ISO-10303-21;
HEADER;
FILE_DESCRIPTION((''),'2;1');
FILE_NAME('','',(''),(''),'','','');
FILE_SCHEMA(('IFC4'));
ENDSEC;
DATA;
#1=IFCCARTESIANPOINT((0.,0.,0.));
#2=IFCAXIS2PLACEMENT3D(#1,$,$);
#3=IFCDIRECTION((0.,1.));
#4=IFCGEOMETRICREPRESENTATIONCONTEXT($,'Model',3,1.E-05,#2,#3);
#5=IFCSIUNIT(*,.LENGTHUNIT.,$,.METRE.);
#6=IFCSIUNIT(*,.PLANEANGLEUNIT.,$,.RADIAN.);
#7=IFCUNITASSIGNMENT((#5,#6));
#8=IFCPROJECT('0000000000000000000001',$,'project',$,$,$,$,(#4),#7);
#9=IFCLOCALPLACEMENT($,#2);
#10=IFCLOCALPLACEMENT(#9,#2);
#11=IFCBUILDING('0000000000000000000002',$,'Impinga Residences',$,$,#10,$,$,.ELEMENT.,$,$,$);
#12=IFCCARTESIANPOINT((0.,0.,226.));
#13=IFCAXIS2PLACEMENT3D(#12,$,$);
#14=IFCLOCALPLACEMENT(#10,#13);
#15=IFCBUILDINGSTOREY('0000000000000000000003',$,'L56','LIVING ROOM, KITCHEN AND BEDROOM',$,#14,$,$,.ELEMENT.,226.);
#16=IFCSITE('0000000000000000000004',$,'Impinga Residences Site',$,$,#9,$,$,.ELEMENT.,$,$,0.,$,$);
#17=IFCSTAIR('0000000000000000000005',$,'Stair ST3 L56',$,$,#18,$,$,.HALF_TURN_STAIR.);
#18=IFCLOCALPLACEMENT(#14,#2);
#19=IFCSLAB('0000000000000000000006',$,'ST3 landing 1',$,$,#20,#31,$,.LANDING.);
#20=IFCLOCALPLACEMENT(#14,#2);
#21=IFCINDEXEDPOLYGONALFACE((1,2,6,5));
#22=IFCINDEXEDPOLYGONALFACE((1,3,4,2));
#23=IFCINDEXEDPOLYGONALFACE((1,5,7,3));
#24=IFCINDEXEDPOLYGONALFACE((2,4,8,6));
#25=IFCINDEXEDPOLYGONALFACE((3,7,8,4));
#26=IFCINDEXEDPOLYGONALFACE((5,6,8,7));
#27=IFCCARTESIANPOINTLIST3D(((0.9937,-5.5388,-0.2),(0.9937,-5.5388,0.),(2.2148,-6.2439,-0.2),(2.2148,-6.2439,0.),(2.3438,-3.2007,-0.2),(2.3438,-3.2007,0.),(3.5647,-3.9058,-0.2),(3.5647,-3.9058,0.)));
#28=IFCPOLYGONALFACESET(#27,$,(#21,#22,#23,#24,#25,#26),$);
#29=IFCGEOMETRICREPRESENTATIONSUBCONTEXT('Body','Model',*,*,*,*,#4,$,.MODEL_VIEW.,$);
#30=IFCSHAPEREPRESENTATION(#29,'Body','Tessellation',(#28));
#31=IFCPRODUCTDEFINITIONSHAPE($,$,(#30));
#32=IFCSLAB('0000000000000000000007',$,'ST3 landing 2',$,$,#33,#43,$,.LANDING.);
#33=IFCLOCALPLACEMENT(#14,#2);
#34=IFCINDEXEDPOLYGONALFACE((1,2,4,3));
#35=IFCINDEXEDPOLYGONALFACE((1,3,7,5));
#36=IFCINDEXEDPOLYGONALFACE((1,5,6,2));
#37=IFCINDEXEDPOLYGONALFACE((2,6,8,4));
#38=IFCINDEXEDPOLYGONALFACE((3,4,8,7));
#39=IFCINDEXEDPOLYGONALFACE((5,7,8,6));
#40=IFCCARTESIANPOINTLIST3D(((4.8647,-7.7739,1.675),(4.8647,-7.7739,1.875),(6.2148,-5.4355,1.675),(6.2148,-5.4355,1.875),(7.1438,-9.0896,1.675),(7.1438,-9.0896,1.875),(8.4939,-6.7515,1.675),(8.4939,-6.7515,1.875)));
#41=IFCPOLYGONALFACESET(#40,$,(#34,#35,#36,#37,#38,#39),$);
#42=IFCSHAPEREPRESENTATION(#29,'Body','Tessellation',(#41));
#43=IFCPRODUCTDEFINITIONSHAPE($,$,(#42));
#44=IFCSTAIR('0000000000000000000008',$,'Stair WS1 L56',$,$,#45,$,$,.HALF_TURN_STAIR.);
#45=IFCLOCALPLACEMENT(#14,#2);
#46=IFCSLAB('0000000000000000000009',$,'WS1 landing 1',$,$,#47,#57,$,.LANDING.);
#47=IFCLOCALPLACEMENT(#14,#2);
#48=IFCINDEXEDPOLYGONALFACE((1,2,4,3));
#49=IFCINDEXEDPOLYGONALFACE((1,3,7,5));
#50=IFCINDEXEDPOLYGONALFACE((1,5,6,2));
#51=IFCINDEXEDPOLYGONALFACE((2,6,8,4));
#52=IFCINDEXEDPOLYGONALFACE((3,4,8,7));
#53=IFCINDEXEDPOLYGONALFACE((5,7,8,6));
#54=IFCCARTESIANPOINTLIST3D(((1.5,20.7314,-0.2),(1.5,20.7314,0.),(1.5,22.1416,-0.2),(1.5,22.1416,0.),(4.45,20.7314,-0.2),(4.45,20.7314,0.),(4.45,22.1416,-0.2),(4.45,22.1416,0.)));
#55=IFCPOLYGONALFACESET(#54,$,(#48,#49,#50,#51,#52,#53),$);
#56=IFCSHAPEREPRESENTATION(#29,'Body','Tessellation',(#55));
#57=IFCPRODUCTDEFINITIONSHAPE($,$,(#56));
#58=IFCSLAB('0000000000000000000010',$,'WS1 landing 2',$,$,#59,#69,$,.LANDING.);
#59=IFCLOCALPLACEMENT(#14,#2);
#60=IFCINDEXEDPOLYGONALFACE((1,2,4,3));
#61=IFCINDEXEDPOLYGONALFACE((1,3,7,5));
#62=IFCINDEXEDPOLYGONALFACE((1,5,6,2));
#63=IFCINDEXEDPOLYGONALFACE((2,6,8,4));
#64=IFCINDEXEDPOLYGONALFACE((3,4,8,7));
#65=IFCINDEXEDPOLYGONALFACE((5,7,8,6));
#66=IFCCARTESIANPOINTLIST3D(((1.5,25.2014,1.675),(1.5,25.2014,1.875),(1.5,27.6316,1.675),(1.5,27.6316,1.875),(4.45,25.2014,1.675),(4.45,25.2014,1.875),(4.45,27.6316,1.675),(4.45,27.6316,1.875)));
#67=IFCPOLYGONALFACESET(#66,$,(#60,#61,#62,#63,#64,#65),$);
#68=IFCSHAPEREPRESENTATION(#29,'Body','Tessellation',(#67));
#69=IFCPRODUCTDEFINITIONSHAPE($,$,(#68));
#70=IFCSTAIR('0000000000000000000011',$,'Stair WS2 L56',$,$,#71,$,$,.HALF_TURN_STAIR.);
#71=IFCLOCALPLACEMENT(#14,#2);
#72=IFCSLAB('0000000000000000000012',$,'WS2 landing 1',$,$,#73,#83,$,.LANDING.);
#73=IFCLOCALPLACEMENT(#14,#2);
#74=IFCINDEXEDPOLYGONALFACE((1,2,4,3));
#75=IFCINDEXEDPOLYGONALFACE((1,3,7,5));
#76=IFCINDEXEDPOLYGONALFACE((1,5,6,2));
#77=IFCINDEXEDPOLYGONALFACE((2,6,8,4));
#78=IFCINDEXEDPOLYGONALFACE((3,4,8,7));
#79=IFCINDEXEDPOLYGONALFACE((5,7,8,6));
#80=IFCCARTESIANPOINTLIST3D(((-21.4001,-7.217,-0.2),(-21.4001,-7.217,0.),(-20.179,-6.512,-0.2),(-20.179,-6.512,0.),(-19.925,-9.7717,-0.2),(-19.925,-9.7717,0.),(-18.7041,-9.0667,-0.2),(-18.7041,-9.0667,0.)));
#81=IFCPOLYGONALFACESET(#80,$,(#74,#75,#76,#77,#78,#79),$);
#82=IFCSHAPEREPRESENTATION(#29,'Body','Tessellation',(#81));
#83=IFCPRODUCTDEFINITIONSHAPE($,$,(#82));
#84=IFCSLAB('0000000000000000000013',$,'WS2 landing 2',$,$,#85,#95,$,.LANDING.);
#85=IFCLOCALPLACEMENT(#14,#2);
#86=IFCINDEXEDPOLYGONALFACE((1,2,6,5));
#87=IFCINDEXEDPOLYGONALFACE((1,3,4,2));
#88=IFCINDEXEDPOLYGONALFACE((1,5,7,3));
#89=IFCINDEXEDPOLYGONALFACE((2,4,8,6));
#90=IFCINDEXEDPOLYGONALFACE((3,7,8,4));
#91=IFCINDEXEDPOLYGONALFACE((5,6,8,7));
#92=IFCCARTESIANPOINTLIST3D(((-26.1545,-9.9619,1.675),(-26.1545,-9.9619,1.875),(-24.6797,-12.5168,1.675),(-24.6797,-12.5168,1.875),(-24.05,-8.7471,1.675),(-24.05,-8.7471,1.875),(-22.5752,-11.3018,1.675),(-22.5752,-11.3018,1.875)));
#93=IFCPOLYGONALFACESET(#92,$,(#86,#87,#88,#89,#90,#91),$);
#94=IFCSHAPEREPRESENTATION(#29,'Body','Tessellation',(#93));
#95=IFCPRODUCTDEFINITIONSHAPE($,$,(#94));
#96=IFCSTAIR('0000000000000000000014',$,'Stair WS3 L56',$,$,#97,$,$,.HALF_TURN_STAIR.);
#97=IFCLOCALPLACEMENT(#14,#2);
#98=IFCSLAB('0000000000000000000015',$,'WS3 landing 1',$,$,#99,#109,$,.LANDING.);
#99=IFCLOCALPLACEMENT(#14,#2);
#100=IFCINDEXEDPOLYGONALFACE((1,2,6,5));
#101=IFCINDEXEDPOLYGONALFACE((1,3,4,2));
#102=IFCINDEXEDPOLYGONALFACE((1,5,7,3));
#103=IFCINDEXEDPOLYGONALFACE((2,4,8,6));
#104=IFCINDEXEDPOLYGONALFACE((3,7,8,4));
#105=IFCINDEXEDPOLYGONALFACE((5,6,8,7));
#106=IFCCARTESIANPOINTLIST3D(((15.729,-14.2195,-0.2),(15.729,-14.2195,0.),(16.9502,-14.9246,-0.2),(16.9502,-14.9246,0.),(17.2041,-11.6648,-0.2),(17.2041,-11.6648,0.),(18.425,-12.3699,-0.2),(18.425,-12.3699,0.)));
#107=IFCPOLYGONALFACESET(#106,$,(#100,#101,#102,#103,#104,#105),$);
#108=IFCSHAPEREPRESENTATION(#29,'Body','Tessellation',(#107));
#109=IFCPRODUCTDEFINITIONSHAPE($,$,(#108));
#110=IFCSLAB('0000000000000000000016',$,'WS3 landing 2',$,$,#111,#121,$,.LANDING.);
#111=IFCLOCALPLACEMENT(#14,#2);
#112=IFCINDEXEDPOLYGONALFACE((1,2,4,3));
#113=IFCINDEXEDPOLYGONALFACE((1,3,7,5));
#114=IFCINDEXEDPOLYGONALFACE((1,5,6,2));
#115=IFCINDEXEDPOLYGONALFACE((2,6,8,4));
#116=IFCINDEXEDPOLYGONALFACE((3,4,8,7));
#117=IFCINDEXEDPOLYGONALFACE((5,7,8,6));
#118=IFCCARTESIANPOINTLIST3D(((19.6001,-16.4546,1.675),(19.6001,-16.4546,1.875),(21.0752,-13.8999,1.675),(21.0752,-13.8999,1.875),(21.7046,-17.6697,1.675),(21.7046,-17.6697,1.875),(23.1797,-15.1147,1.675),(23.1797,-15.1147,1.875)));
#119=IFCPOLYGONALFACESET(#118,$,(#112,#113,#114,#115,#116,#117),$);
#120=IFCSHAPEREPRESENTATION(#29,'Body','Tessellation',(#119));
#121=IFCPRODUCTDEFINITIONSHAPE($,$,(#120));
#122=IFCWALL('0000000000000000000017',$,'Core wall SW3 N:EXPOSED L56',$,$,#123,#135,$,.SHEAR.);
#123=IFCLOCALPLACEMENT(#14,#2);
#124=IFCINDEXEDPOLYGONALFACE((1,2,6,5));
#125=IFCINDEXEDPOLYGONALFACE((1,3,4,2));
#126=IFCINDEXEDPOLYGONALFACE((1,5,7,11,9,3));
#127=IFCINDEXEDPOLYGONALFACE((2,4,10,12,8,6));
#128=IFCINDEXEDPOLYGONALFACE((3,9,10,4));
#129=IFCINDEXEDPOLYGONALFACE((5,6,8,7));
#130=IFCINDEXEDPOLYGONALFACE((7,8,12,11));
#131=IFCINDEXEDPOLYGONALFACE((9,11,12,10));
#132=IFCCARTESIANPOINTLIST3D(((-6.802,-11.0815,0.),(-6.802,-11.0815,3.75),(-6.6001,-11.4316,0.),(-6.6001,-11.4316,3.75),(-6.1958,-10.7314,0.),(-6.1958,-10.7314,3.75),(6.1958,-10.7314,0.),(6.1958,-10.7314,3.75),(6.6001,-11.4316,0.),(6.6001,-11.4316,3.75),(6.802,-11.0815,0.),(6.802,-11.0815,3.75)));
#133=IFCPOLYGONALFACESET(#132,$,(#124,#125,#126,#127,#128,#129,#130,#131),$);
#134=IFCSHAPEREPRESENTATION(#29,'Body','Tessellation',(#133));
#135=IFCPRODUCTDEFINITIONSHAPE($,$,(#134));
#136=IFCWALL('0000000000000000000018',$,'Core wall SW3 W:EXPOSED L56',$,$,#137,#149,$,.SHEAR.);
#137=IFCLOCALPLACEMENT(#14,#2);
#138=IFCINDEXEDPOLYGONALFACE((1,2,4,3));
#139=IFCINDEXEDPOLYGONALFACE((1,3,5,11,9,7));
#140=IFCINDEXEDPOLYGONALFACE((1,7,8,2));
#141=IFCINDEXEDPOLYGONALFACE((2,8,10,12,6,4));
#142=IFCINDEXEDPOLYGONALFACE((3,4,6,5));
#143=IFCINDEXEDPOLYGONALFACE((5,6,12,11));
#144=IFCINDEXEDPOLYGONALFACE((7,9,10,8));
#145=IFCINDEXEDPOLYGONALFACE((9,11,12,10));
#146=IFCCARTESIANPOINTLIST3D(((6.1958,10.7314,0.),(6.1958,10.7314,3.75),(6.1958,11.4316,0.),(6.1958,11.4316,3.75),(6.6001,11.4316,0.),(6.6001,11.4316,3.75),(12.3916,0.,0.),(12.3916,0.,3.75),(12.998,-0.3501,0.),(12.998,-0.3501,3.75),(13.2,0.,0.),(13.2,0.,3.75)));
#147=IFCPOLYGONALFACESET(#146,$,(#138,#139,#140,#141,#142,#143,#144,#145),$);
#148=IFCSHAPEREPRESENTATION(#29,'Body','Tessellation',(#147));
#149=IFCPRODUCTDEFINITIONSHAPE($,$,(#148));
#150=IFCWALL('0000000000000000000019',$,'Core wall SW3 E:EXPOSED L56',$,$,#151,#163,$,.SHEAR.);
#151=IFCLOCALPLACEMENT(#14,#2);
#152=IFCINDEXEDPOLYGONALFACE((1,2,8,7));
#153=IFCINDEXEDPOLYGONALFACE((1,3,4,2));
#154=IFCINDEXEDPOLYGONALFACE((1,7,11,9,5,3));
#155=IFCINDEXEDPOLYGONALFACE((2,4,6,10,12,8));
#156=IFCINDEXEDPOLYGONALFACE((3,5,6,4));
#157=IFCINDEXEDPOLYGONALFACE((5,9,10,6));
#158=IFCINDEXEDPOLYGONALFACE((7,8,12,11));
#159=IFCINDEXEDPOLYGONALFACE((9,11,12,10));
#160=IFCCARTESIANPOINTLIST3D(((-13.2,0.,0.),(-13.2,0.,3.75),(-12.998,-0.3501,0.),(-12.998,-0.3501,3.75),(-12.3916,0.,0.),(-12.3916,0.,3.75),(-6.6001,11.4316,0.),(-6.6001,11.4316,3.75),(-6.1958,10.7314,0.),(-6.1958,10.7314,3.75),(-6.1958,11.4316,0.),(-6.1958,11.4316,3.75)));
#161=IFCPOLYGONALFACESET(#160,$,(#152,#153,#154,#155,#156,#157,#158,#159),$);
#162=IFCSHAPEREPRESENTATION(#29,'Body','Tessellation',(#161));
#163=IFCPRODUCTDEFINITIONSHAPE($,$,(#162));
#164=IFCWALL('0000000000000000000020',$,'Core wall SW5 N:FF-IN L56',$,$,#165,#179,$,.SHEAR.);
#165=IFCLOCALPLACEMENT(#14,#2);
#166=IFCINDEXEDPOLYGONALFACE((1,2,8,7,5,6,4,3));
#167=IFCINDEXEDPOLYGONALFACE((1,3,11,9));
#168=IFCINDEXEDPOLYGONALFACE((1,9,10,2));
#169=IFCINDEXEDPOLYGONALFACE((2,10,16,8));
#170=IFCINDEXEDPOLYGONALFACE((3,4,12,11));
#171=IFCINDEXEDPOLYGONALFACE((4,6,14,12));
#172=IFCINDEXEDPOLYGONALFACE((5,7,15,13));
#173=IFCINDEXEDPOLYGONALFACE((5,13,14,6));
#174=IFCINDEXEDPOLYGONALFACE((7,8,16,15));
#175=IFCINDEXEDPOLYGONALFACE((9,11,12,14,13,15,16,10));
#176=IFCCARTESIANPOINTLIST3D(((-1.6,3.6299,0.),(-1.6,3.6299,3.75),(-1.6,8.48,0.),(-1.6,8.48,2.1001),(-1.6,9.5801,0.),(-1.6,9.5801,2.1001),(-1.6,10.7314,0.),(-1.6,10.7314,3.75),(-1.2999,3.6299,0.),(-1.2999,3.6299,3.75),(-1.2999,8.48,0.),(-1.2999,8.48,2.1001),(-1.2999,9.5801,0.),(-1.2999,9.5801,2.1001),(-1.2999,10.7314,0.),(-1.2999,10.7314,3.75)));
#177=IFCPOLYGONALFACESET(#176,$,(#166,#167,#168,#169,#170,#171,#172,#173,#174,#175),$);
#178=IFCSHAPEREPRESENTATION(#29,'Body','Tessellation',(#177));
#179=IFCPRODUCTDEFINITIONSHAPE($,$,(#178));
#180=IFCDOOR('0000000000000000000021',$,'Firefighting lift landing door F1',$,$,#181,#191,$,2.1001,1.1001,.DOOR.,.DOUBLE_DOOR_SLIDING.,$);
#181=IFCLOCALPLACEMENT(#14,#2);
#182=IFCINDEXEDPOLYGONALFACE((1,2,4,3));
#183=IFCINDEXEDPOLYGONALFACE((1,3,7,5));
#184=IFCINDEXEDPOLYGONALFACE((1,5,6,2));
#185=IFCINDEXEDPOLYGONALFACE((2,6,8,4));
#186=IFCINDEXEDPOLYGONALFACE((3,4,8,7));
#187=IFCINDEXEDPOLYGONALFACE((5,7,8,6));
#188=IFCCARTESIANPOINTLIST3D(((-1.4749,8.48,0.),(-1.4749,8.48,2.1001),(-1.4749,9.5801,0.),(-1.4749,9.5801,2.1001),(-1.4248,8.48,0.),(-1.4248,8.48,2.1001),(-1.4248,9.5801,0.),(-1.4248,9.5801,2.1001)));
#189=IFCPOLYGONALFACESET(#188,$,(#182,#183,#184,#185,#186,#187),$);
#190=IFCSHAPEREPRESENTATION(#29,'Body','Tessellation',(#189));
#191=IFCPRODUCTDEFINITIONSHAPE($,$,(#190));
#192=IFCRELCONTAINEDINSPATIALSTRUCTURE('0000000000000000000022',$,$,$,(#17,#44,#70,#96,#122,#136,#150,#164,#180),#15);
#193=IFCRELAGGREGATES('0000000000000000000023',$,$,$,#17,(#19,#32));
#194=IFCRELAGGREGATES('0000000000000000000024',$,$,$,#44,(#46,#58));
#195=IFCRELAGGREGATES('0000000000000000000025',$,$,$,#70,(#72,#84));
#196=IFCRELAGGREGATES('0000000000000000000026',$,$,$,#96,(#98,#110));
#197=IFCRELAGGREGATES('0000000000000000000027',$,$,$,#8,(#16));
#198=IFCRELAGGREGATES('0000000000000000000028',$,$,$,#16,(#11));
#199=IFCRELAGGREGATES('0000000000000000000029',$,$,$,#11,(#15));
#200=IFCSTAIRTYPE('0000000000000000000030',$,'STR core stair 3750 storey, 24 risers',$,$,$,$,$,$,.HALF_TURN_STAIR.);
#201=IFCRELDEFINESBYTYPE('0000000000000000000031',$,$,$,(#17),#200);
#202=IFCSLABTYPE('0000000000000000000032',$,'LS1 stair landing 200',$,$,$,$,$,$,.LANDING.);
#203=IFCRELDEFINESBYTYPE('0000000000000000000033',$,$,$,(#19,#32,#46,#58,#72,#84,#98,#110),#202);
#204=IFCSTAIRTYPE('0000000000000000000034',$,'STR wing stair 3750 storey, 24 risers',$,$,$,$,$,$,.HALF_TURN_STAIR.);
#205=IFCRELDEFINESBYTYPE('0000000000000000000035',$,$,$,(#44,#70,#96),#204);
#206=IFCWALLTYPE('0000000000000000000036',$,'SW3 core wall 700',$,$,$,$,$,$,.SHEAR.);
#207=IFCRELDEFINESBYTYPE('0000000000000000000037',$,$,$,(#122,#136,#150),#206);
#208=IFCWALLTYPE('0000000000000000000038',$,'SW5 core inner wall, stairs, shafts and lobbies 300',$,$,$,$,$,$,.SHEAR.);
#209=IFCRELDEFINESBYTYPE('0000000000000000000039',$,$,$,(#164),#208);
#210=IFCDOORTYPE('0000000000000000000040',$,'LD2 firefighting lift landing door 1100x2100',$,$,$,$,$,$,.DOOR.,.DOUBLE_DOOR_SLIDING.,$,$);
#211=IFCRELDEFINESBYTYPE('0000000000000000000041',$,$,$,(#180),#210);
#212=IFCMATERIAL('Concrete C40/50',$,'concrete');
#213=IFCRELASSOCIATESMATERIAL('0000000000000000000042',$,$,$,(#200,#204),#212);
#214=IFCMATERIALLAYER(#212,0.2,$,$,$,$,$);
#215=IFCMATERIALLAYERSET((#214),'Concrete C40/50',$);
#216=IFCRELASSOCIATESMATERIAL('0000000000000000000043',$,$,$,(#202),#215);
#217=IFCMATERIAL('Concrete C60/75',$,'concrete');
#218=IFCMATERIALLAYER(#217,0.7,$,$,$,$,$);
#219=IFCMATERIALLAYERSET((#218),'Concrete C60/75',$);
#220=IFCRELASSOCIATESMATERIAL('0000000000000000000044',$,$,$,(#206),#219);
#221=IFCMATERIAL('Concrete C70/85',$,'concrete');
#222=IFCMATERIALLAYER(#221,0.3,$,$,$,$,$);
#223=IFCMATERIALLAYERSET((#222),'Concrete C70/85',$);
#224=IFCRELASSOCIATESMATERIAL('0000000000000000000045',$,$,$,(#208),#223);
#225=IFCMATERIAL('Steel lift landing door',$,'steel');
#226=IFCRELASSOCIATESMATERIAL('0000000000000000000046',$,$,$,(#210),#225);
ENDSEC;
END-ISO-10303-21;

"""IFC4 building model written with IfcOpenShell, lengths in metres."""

from ifc_helpers import new_model, si_unit, direction, frame, frame_2d, origin, place, context, subcontext, project, spatial, polyline, rectangle, outline, extrude, material, layer, layer_set, type_object, element, fill, aggregate, save


model = new_model("IFC4")

# Units and contexts
model_context = context("Model", 3, precision=1e-05, world=origin(), true_north=direction((0.0, 1.0)))
body_context = subcontext(model_context, "Body", "Model", "MODEL_VIEW")
ifc_project = project(units=[si_unit("LENGTHUNIT", "METRE"), si_unit("PLANEANGLEUNIT", "RADIAN")], contexts=[model_context])

# Site, building, storey
site_placement = place(None, origin())
site = spatial("IfcSite", under=ifc_project, at=site_placement, Name="Impinga Residences Site", CompositionType="ELEMENT", RefElevation=0.0)
building_placement = place(site_placement, origin())
building = spatial("IfcBuilding", under=site, at=building_placement, Name="Impinga Residences", CompositionType="ELEMENT")
storey_placement = place(building_placement, frame((0.0, 0.0, 226.0)))
storey = spatial("IfcBuildingStorey", under=building, at=storey_placement, Name="L56", Description="LIVING ROOM, KITCHEN AND BEDROOM", CompositionType="ELEMENT", Elevation=226.0)

# Shared definitions
ifc_material_1 = material(Name="Concrete C60/75", Category="concrete")

# Stairs, slabs
ifc_material_2 = material(Name="Concrete C40/50", Category="concrete")
stair_type_1 = type_object("IfcStairType", Name="STR core stair 3750 storey, 24 risers", PredefinedType="HALF_TURN_STAIR", material=ifc_material_2)
ifc_layer_1 = layer(ifc_material_2, 0.2)
ifc_layer_set_1 = layer_set([ifc_layer_1], Name="Concrete C40/50")
slab_type_1 = type_object("IfcSlabType", Name="LS1 stair landing 200", PredefinedType="LANDING", material=ifc_layer_set_1)
stair_1_placement = place(storey_placement, origin())
stair_1 = element("IfcStair", 1, at=stair_1_placement, inside=storey, type_object=stair_type_1, Name="Stair ST3 L56", PredefinedType="HALF_TURN_STAIR")
slab_1_placement = place(storey_placement, frame((0.0, 0.0, -0.2)))
slab_1 = element("IfcSlab", 2, at=slab_1_placement, type_object=slab_type_1, Name="ST3 landing 1", PredefinedType="LANDING", context=body_context, shape_type="SweptSolid", body=[
    extrude(outline(polyline([(2.3438, -3.2007), (0.9937, -5.5388), (2.2148, -6.2439), (3.5647, -3.9058), (2.3438, -3.2007)])), origin(), (0.0, 0.0, 1.0), 0.2),
])
slab_2_placement = place(storey_placement, frame((0.0, 0.0, 1.675)))
slab_2 = element("IfcSlab", 3, at=slab_2_placement, type_object=slab_type_1, Name="ST3 landing 2", PredefinedType="LANDING", context=body_context, shape_type="SweptSolid", body=[
    extrude(outline(polyline([(6.2148, -5.4355), (4.8647, -7.7739), (7.1438, -9.0896), (8.4939, -6.7515), (6.2148, -5.4355)])), origin(), (0.0, 0.0, 1.0), 0.2),
])
aggregate(stair_1, [slab_1, slab_2])
stair_type_2 = type_object("IfcStairType", Name="STR wing stair 3750 storey, 24 risers", PredefinedType="HALF_TURN_STAIR", material=ifc_material_2)
stair_2_placement = place(storey_placement, origin())
stair_2 = element("IfcStair", 4, at=stair_2_placement, inside=storey, type_object=stair_type_2, Name="Stair WS1 L56", PredefinedType="HALF_TURN_STAIR")
slab_3_placement = place(storey_placement, frame((0.0, 0.0, -0.2)))
slab_3 = element("IfcSlab", 5, at=slab_3_placement, type_object=slab_type_1, Name="WS1 landing 1", PredefinedType="LANDING", context=body_context, shape_type="SweptSolid", body=[
    extrude(outline(polyline([(1.5, 20.7314), (4.45, 20.7314), (4.45, 22.1416), (1.5, 22.1416), (1.5, 20.7314)])), origin(), (0.0, 0.0, 1.0), 0.2),
])
slab_4_placement = place(storey_placement, frame((0.0, 0.0, 1.675)))
slab_4 = element("IfcSlab", 6, at=slab_4_placement, type_object=slab_type_1, Name="WS1 landing 2", PredefinedType="LANDING", context=body_context, shape_type="SweptSolid", body=[
    extrude(outline(polyline([(1.5, 25.2014), (4.45, 25.2014), (4.45, 27.6316), (1.5, 27.6316), (1.5, 25.2014)])), origin(), (0.0, 0.0, 1.0), 0.2),
])
aggregate(stair_2, [slab_3, slab_4])
stair_3_placement = place(storey_placement, origin())
stair_3 = element("IfcStair", 7, at=stair_3_placement, inside=storey, type_object=stair_type_2, Name="Stair WS2 L56", PredefinedType="HALF_TURN_STAIR")
slab_5_placement = place(storey_placement, frame((0.0, 0.0, -0.2)))
slab_5 = element("IfcSlab", 8, at=slab_5_placement, type_object=slab_type_1, Name="WS2 landing 1", PredefinedType="LANDING", context=body_context, shape_type="SweptSolid", body=[
    extrude(outline(polyline([(-18.7041, -9.0667), (-20.179, -6.512), (-21.4001, -7.217), (-19.925, -9.7717), (-18.7041, -9.0667)])), origin(), (0.0, 0.0, 1.0), 0.2),
])
slab_6_placement = place(storey_placement, frame((0.0, 0.0, 1.675)))
slab_6 = element("IfcSlab", 9, at=slab_6_placement, type_object=slab_type_1, Name="WS2 landing 2", PredefinedType="LANDING", context=body_context, shape_type="SweptSolid", body=[
    extrude(outline(polyline([(-22.5752, -11.3018), (-24.05, -8.7471), (-26.1545, -9.9619), (-24.6797, -12.5168), (-22.5752, -11.3018)])), origin(), (0.0, 0.0, 1.0), 0.2),
])
aggregate(stair_3, [slab_5, slab_6])
stair_4_placement = place(storey_placement, origin())
stair_4 = element("IfcStair", 10, at=stair_4_placement, inside=storey, type_object=stair_type_2, Name="Stair WS3 L56", PredefinedType="HALF_TURN_STAIR")
slab_7_placement = place(storey_placement, frame((0.0, 0.0, -0.2)))
slab_7 = element("IfcSlab", 11, at=slab_7_placement, type_object=slab_type_1, Name="WS3 landing 1", PredefinedType="LANDING", context=body_context, shape_type="SweptSolid", body=[
    extrude(outline(polyline([(17.2041, -11.6648), (15.729, -14.2195), (16.9502, -14.9246), (18.425, -12.3699), (17.2041, -11.6648)])), origin(), (0.0, 0.0, 1.0), 0.2),
])
slab_8_placement = place(storey_placement, frame((0.0, 0.0, 1.675)))
slab_8 = element("IfcSlab", 12, at=slab_8_placement, type_object=slab_type_1, Name="WS3 landing 2", PredefinedType="LANDING", context=body_context, shape_type="SweptSolid", body=[
    extrude(outline(polyline([(21.0752, -13.8999), (19.6001, -16.4546), (21.7046, -17.6697), (23.1797, -15.1147), (21.0752, -13.8999)])), origin(), (0.0, 0.0, 1.0), 0.2),
])
aggregate(stair_4, [slab_7, slab_8])

# Walls
ifc_layer_2 = layer(ifc_material_1, 0.7)
ifc_layer_set_2 = layer_set([ifc_layer_2], Name="Concrete C60/75")
wall_type_1 = type_object("IfcWallType", Name="SW3 core wall 700", PredefinedType="SHEAR", material=ifc_layer_set_2)
wall_1_placement = place(storey_placement, origin())
element("IfcWall", 13, at=wall_1_placement, inside=storey, type_object=wall_type_1, Name="Core wall SW3 N:EXPOSED L56", PredefinedType="SHEAR", context=body_context, shape_type="SweptSolid", body=[
    extrude(outline(polyline([(-6.6001, -11.4316), (6.6001, -11.4316), (6.802, -11.0815), (6.1958, -10.7314), (-6.1958, -10.7314), (-6.802, -11.0815), (-6.6001, -11.4316)])), origin(), (0.0, 0.0, 1.0), 3.75),
])
wall_2_placement = place(storey_placement, origin())
element("IfcWall", 14, at=wall_2_placement, inside=storey, type_object=wall_type_1, Name="Core wall SW3 W:EXPOSED L56", PredefinedType="SHEAR", context=body_context, shape_type="SweptSolid", body=[
    extrude(outline(polyline([(13.2, 0.0), (6.6001, 11.4316), (6.1958, 11.4316), (6.1958, 10.7314), (12.3916, 0.0), (12.998, -0.3501), (13.2, 0.0)])), origin(), (0.0, 0.0, 1.0), 3.75),
])
wall_3_placement = place(storey_placement, origin())
element("IfcWall", 15, at=wall_3_placement, inside=storey, type_object=wall_type_1, Name="Core wall SW3 E:EXPOSED L56", PredefinedType="SHEAR", context=body_context, shape_type="SweptSolid", body=[
    extrude(outline(polyline([(-6.6001, 11.4316), (-13.2, 0.0), (-12.998, -0.3501), (-12.3916, 0.0), (-6.1958, 10.7314), (-6.1958, 11.4316), (-6.6001, 11.4316)])), origin(), (0.0, 0.0, 1.0), 3.75),
])

# Wall, opening, door
ifc_material_3 = material(Name="Concrete C70/85", Category="concrete")
ifc_layer_3 = layer(ifc_material_3, 0.3)
ifc_layer_set_3 = layer_set([ifc_layer_3], Name="Concrete C70/85")
wall_type_2 = type_object("IfcWallType", Name="SW5 core inner wall, stairs, shafts and lobbies 300", PredefinedType="SHEAR", material=ifc_layer_set_3)
wall_4_placement = place(storey_placement, frame((-1.45, 3.6299, 0.0), z_axis=(0.0, 0.0, 1.0), x_axis=(0.0, 1.0, 0.0)))
wall_4 = element("IfcWall", 16, at=wall_4_placement, inside=storey, type_object=wall_type_2, Name="Core wall SW5 N:FF-IN L56", PredefinedType="SHEAR", context=body_context, shape_type="SweptSolid", body=[
    extrude(rectangle(XDim=7.1016, YDim=0.3, at=frame_2d((3.5508, 0.0))), origin(), (0.0, 0.0, 1.0), 3.75),
])
opening_1_placement = place(wall_4_placement, frame((4.8501, 0.0, 0.0)))
opening_1 = element("IfcOpeningElement", 17, at=opening_1_placement, cuts=wall_4, PredefinedType="OPENING", context=body_context, shape_type="SweptSolid", body=[
    extrude(rectangle(XDim=1.1001, YDim=2.1001, at=frame_2d((0.55, 1.05))), frame((0.0, 0.1599, 0.0), z_axis=(0.0, -1.0, 0.0), x_axis=(1.0, 0.0, 0.0)), (0.0, 0.0, 1.0), 0.3201),
])
ifc_material_4 = material(Name="Steel lift landing door", Category="steel")
door_type_1 = type_object("IfcDoorType", Name="LD2 firefighting lift landing door 1100x2100", OperationType="DOUBLE_DOOR_SLIDING", PredefinedType="DOOR", material=ifc_material_4)
door_1_placement = place(opening_1_placement, origin())
door_1 = element("IfcDoor", 18, at=door_1_placement, inside=storey, type_object=door_type_1, Name="Firefighting lift landing door F1", OperationType="DOUBLE_DOOR_SLIDING", OverallHeight=2.1001, OverallWidth=1.1001, PredefinedType="DOOR", context=body_context, shape_type="SweptSolid", body=[
    extrude(rectangle(XDim=1.1001, YDim=2.1001, at=frame_2d((0.55, 1.05))), frame((0.0, 0.0249, 0.0), z_axis=(0.0, -1.0, 0.0), x_axis=(1.0, 0.0, 0.0)), (0.0, 0.0, 1.0), 0.05),
])
fill(opening_1, door_1)

save(model, "model.ifc")
